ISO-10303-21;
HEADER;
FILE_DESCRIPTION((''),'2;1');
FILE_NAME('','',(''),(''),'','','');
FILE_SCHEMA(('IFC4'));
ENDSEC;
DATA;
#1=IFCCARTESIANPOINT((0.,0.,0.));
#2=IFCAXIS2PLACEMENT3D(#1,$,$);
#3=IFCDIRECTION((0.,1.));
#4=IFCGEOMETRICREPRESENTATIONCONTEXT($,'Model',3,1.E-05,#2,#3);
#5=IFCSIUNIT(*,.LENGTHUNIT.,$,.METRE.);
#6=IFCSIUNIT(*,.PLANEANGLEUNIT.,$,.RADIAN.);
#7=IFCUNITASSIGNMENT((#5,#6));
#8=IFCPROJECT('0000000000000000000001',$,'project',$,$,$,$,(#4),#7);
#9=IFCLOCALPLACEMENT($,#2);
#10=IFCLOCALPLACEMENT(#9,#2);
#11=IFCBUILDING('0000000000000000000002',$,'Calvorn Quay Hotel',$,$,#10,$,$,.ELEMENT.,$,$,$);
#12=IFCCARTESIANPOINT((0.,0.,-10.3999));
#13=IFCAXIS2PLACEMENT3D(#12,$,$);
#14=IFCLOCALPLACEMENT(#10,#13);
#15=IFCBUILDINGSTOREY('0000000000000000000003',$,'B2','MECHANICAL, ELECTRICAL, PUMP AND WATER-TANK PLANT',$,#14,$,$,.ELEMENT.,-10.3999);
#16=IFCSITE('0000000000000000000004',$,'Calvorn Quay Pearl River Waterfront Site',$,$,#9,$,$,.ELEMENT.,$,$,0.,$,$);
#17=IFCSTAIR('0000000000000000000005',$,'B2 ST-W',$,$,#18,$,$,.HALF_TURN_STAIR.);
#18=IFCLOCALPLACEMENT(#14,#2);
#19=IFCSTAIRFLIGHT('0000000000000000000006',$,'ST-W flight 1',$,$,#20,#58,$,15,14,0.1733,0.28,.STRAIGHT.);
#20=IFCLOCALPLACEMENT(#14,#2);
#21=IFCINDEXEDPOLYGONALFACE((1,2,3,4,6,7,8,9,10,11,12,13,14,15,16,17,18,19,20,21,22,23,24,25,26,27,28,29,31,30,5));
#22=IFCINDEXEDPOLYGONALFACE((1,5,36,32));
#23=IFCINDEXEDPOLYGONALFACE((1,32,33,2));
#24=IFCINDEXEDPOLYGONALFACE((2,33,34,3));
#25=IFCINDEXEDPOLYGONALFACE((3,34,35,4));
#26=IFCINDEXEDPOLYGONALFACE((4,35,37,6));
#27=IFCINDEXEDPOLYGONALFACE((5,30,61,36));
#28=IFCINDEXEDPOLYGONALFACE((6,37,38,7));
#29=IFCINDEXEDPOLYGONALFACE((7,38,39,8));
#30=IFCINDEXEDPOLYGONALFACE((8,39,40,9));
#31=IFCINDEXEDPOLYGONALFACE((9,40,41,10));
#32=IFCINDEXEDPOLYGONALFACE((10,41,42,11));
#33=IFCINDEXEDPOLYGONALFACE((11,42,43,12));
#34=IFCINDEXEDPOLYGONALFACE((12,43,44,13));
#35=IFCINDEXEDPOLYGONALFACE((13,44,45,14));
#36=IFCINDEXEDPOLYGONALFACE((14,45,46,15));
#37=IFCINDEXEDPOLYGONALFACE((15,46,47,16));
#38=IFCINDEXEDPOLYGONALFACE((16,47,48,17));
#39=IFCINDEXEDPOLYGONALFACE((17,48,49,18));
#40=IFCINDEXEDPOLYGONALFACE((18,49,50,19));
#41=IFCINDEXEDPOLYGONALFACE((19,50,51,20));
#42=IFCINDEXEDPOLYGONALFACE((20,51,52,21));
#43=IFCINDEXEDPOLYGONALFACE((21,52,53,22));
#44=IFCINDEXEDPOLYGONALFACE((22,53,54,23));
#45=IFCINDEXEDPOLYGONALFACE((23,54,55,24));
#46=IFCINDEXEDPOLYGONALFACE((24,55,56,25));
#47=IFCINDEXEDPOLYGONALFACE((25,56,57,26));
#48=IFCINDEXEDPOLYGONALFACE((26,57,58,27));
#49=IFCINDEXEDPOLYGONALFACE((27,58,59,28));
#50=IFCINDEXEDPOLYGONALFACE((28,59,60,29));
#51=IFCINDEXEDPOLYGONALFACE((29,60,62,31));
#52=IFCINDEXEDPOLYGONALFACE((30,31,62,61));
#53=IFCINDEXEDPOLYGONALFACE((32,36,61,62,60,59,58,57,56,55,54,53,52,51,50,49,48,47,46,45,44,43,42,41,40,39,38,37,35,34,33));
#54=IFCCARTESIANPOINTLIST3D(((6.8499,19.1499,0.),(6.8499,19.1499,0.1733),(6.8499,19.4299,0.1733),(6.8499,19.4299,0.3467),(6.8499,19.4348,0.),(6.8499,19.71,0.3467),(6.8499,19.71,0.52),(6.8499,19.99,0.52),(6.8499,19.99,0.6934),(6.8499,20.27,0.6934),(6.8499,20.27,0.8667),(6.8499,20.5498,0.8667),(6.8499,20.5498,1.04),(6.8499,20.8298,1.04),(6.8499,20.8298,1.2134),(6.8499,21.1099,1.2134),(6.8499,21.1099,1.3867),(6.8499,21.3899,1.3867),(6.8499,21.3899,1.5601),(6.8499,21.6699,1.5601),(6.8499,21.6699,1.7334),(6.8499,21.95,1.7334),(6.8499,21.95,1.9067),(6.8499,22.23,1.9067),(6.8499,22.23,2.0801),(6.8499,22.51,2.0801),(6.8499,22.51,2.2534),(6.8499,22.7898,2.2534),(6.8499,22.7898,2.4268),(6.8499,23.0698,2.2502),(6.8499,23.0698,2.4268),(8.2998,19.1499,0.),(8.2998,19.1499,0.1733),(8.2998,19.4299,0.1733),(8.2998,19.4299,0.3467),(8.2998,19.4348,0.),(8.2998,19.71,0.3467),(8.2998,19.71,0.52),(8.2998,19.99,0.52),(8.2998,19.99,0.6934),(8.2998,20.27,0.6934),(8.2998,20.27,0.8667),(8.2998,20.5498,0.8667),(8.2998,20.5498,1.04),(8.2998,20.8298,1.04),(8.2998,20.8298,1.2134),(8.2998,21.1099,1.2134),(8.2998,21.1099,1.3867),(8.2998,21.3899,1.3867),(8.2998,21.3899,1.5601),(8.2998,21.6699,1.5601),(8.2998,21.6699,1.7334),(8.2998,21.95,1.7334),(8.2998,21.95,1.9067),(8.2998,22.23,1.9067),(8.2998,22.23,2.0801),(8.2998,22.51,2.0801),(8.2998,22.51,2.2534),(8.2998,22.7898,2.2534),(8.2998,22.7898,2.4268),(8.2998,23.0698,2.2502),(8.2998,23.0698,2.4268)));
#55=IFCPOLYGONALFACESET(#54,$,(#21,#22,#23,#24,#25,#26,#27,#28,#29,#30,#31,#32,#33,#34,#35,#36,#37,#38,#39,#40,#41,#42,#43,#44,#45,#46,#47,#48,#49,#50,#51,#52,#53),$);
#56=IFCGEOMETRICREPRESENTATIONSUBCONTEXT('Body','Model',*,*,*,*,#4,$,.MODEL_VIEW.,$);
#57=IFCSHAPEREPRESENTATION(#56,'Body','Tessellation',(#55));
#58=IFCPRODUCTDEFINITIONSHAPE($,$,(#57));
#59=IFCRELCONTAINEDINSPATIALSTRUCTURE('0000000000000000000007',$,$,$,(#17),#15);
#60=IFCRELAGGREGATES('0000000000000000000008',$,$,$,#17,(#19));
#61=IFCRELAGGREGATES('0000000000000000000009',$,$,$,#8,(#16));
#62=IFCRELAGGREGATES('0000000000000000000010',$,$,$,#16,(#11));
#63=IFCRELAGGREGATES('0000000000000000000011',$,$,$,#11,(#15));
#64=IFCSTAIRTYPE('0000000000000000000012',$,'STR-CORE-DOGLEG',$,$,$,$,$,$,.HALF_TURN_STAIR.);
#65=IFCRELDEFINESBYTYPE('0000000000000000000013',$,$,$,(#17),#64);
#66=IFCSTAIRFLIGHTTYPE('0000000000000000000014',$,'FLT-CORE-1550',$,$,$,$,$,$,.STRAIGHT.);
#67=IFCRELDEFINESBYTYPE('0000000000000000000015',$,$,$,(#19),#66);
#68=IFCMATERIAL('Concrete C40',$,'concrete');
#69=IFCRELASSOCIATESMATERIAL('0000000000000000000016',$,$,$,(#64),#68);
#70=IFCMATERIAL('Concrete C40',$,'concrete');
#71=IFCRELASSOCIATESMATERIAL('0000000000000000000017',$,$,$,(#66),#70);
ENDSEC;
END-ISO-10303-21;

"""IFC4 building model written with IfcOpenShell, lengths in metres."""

from ifc_helpers import new_model, si_unit, direction, frame, origin, place, context, subcontext, project, spatial, polyline, outline, extrude, material, type_object, element, aggregate, save


model = new_model("IFC4")

# Units and contexts
model_context = context("Model", 3, precision=1e-05, world=origin(), true_north=direction((0.0, 1.0)))
body_context = subcontext(model_context, "Body", "Model", "MODEL_VIEW")
ifc_project = project(units=[si_unit("LENGTHUNIT", "METRE"), si_unit("PLANEANGLEUNIT", "RADIAN")], contexts=[model_context])

# Site, building, storey
site_placement = place(None, origin())
site = spatial("IfcSite", under=ifc_project, at=site_placement, Name="Calvorn Quay Pearl River Waterfront Site", CompositionType="ELEMENT", RefElevation=0.0)
building_placement = place(site_placement, origin())
building = spatial("IfcBuilding", under=site, at=building_placement, Name="Calvorn Quay Hotel", CompositionType="ELEMENT")
storey_placement = place(building_placement, frame((0.0, 0.0, -10.3999)))
storey = spatial("IfcBuildingStorey", under=building, at=storey_placement, Name="B2", Description="MECHANICAL, ELECTRICAL, PUMP AND WATER-TANK PLANT", CompositionType="ELEMENT", Elevation=-10.3999)

# Stair, stair flight
ifc_material_1 = material(Name="Concrete C40", Category="concrete")
stair_type = type_object("IfcStairType", Name="STR-CORE-DOGLEG", PredefinedType="HALF_TURN_STAIR", material=ifc_material_1)
stair_placement = place(storey_placement, origin())
stair = element("IfcStair", 1, at=stair_placement, inside=storey, type_object=stair_type, Name="B2 ST-W", PredefinedType="HALF_TURN_STAIR")
ifc_material_2 = material(Name="Concrete C40", Category="concrete")
stair_flight_type = type_object("IfcStairFlightType", Name="FLT-CORE-1550", PredefinedType="STRAIGHT", material=ifc_material_2)
stair_flight_placement = place(storey_placement, frame((7.575, 19.1499, 0.0), z_axis=(0.0, 0.0, 1.0), x_axis=(0.0, 1.0, 0.0)))
stair_flight = element("IfcStairFlight", 2, at=stair_flight_placement, type_object=stair_flight_type, Name="ST-W flight 1", NumberOfRisers=15, NumberOfTreads=14, PredefinedType="STRAIGHT", RiserHeight=0.1733, TreadLength=0.28, context=body_context, shape_type="SweptSolid", body=[
    extrude(outline(polyline([(0.0, 0.0), (0.0, 0.1733), (0.28, 0.1733), (0.28, 0.3467), (0.5601, 0.3467), (0.5601, 0.52), (0.8401, 0.52), (0.8401, 0.6934), (1.1201, 0.6934), (1.1201, 0.8667), (1.3999, 0.8667), (1.3999, 1.04), (1.6799, 1.04), (1.6799, 1.2134), (1.96, 1.2134), (1.96, 1.3867), (2.24, 1.3867), (2.24, 1.5601), (2.52, 1.5601), (2.52, 1.7334), (2.8, 1.7334), (2.8, 1.9067), (3.0801, 1.9067), (3.0801, 2.0801), (3.3601, 2.0801), (3.3601, 2.2534), (3.6399, 2.2534), (3.6399, 2.4268), (3.9199, 2.4268), (3.9199, 2.6001), (3.9199, 2.2502), (0.2849, 0.0), (0.0, 0.0)])), frame((0.0, 0.7251, 0.0), z_axis=(0.0, -1.0, 0.0), x_axis=(1.0, 0.0, 0.0)), (0.0, 0.0, 1.0), 1.45),
])
aggregate(stair, [stair_flight])

save(model, "model.ifc")
